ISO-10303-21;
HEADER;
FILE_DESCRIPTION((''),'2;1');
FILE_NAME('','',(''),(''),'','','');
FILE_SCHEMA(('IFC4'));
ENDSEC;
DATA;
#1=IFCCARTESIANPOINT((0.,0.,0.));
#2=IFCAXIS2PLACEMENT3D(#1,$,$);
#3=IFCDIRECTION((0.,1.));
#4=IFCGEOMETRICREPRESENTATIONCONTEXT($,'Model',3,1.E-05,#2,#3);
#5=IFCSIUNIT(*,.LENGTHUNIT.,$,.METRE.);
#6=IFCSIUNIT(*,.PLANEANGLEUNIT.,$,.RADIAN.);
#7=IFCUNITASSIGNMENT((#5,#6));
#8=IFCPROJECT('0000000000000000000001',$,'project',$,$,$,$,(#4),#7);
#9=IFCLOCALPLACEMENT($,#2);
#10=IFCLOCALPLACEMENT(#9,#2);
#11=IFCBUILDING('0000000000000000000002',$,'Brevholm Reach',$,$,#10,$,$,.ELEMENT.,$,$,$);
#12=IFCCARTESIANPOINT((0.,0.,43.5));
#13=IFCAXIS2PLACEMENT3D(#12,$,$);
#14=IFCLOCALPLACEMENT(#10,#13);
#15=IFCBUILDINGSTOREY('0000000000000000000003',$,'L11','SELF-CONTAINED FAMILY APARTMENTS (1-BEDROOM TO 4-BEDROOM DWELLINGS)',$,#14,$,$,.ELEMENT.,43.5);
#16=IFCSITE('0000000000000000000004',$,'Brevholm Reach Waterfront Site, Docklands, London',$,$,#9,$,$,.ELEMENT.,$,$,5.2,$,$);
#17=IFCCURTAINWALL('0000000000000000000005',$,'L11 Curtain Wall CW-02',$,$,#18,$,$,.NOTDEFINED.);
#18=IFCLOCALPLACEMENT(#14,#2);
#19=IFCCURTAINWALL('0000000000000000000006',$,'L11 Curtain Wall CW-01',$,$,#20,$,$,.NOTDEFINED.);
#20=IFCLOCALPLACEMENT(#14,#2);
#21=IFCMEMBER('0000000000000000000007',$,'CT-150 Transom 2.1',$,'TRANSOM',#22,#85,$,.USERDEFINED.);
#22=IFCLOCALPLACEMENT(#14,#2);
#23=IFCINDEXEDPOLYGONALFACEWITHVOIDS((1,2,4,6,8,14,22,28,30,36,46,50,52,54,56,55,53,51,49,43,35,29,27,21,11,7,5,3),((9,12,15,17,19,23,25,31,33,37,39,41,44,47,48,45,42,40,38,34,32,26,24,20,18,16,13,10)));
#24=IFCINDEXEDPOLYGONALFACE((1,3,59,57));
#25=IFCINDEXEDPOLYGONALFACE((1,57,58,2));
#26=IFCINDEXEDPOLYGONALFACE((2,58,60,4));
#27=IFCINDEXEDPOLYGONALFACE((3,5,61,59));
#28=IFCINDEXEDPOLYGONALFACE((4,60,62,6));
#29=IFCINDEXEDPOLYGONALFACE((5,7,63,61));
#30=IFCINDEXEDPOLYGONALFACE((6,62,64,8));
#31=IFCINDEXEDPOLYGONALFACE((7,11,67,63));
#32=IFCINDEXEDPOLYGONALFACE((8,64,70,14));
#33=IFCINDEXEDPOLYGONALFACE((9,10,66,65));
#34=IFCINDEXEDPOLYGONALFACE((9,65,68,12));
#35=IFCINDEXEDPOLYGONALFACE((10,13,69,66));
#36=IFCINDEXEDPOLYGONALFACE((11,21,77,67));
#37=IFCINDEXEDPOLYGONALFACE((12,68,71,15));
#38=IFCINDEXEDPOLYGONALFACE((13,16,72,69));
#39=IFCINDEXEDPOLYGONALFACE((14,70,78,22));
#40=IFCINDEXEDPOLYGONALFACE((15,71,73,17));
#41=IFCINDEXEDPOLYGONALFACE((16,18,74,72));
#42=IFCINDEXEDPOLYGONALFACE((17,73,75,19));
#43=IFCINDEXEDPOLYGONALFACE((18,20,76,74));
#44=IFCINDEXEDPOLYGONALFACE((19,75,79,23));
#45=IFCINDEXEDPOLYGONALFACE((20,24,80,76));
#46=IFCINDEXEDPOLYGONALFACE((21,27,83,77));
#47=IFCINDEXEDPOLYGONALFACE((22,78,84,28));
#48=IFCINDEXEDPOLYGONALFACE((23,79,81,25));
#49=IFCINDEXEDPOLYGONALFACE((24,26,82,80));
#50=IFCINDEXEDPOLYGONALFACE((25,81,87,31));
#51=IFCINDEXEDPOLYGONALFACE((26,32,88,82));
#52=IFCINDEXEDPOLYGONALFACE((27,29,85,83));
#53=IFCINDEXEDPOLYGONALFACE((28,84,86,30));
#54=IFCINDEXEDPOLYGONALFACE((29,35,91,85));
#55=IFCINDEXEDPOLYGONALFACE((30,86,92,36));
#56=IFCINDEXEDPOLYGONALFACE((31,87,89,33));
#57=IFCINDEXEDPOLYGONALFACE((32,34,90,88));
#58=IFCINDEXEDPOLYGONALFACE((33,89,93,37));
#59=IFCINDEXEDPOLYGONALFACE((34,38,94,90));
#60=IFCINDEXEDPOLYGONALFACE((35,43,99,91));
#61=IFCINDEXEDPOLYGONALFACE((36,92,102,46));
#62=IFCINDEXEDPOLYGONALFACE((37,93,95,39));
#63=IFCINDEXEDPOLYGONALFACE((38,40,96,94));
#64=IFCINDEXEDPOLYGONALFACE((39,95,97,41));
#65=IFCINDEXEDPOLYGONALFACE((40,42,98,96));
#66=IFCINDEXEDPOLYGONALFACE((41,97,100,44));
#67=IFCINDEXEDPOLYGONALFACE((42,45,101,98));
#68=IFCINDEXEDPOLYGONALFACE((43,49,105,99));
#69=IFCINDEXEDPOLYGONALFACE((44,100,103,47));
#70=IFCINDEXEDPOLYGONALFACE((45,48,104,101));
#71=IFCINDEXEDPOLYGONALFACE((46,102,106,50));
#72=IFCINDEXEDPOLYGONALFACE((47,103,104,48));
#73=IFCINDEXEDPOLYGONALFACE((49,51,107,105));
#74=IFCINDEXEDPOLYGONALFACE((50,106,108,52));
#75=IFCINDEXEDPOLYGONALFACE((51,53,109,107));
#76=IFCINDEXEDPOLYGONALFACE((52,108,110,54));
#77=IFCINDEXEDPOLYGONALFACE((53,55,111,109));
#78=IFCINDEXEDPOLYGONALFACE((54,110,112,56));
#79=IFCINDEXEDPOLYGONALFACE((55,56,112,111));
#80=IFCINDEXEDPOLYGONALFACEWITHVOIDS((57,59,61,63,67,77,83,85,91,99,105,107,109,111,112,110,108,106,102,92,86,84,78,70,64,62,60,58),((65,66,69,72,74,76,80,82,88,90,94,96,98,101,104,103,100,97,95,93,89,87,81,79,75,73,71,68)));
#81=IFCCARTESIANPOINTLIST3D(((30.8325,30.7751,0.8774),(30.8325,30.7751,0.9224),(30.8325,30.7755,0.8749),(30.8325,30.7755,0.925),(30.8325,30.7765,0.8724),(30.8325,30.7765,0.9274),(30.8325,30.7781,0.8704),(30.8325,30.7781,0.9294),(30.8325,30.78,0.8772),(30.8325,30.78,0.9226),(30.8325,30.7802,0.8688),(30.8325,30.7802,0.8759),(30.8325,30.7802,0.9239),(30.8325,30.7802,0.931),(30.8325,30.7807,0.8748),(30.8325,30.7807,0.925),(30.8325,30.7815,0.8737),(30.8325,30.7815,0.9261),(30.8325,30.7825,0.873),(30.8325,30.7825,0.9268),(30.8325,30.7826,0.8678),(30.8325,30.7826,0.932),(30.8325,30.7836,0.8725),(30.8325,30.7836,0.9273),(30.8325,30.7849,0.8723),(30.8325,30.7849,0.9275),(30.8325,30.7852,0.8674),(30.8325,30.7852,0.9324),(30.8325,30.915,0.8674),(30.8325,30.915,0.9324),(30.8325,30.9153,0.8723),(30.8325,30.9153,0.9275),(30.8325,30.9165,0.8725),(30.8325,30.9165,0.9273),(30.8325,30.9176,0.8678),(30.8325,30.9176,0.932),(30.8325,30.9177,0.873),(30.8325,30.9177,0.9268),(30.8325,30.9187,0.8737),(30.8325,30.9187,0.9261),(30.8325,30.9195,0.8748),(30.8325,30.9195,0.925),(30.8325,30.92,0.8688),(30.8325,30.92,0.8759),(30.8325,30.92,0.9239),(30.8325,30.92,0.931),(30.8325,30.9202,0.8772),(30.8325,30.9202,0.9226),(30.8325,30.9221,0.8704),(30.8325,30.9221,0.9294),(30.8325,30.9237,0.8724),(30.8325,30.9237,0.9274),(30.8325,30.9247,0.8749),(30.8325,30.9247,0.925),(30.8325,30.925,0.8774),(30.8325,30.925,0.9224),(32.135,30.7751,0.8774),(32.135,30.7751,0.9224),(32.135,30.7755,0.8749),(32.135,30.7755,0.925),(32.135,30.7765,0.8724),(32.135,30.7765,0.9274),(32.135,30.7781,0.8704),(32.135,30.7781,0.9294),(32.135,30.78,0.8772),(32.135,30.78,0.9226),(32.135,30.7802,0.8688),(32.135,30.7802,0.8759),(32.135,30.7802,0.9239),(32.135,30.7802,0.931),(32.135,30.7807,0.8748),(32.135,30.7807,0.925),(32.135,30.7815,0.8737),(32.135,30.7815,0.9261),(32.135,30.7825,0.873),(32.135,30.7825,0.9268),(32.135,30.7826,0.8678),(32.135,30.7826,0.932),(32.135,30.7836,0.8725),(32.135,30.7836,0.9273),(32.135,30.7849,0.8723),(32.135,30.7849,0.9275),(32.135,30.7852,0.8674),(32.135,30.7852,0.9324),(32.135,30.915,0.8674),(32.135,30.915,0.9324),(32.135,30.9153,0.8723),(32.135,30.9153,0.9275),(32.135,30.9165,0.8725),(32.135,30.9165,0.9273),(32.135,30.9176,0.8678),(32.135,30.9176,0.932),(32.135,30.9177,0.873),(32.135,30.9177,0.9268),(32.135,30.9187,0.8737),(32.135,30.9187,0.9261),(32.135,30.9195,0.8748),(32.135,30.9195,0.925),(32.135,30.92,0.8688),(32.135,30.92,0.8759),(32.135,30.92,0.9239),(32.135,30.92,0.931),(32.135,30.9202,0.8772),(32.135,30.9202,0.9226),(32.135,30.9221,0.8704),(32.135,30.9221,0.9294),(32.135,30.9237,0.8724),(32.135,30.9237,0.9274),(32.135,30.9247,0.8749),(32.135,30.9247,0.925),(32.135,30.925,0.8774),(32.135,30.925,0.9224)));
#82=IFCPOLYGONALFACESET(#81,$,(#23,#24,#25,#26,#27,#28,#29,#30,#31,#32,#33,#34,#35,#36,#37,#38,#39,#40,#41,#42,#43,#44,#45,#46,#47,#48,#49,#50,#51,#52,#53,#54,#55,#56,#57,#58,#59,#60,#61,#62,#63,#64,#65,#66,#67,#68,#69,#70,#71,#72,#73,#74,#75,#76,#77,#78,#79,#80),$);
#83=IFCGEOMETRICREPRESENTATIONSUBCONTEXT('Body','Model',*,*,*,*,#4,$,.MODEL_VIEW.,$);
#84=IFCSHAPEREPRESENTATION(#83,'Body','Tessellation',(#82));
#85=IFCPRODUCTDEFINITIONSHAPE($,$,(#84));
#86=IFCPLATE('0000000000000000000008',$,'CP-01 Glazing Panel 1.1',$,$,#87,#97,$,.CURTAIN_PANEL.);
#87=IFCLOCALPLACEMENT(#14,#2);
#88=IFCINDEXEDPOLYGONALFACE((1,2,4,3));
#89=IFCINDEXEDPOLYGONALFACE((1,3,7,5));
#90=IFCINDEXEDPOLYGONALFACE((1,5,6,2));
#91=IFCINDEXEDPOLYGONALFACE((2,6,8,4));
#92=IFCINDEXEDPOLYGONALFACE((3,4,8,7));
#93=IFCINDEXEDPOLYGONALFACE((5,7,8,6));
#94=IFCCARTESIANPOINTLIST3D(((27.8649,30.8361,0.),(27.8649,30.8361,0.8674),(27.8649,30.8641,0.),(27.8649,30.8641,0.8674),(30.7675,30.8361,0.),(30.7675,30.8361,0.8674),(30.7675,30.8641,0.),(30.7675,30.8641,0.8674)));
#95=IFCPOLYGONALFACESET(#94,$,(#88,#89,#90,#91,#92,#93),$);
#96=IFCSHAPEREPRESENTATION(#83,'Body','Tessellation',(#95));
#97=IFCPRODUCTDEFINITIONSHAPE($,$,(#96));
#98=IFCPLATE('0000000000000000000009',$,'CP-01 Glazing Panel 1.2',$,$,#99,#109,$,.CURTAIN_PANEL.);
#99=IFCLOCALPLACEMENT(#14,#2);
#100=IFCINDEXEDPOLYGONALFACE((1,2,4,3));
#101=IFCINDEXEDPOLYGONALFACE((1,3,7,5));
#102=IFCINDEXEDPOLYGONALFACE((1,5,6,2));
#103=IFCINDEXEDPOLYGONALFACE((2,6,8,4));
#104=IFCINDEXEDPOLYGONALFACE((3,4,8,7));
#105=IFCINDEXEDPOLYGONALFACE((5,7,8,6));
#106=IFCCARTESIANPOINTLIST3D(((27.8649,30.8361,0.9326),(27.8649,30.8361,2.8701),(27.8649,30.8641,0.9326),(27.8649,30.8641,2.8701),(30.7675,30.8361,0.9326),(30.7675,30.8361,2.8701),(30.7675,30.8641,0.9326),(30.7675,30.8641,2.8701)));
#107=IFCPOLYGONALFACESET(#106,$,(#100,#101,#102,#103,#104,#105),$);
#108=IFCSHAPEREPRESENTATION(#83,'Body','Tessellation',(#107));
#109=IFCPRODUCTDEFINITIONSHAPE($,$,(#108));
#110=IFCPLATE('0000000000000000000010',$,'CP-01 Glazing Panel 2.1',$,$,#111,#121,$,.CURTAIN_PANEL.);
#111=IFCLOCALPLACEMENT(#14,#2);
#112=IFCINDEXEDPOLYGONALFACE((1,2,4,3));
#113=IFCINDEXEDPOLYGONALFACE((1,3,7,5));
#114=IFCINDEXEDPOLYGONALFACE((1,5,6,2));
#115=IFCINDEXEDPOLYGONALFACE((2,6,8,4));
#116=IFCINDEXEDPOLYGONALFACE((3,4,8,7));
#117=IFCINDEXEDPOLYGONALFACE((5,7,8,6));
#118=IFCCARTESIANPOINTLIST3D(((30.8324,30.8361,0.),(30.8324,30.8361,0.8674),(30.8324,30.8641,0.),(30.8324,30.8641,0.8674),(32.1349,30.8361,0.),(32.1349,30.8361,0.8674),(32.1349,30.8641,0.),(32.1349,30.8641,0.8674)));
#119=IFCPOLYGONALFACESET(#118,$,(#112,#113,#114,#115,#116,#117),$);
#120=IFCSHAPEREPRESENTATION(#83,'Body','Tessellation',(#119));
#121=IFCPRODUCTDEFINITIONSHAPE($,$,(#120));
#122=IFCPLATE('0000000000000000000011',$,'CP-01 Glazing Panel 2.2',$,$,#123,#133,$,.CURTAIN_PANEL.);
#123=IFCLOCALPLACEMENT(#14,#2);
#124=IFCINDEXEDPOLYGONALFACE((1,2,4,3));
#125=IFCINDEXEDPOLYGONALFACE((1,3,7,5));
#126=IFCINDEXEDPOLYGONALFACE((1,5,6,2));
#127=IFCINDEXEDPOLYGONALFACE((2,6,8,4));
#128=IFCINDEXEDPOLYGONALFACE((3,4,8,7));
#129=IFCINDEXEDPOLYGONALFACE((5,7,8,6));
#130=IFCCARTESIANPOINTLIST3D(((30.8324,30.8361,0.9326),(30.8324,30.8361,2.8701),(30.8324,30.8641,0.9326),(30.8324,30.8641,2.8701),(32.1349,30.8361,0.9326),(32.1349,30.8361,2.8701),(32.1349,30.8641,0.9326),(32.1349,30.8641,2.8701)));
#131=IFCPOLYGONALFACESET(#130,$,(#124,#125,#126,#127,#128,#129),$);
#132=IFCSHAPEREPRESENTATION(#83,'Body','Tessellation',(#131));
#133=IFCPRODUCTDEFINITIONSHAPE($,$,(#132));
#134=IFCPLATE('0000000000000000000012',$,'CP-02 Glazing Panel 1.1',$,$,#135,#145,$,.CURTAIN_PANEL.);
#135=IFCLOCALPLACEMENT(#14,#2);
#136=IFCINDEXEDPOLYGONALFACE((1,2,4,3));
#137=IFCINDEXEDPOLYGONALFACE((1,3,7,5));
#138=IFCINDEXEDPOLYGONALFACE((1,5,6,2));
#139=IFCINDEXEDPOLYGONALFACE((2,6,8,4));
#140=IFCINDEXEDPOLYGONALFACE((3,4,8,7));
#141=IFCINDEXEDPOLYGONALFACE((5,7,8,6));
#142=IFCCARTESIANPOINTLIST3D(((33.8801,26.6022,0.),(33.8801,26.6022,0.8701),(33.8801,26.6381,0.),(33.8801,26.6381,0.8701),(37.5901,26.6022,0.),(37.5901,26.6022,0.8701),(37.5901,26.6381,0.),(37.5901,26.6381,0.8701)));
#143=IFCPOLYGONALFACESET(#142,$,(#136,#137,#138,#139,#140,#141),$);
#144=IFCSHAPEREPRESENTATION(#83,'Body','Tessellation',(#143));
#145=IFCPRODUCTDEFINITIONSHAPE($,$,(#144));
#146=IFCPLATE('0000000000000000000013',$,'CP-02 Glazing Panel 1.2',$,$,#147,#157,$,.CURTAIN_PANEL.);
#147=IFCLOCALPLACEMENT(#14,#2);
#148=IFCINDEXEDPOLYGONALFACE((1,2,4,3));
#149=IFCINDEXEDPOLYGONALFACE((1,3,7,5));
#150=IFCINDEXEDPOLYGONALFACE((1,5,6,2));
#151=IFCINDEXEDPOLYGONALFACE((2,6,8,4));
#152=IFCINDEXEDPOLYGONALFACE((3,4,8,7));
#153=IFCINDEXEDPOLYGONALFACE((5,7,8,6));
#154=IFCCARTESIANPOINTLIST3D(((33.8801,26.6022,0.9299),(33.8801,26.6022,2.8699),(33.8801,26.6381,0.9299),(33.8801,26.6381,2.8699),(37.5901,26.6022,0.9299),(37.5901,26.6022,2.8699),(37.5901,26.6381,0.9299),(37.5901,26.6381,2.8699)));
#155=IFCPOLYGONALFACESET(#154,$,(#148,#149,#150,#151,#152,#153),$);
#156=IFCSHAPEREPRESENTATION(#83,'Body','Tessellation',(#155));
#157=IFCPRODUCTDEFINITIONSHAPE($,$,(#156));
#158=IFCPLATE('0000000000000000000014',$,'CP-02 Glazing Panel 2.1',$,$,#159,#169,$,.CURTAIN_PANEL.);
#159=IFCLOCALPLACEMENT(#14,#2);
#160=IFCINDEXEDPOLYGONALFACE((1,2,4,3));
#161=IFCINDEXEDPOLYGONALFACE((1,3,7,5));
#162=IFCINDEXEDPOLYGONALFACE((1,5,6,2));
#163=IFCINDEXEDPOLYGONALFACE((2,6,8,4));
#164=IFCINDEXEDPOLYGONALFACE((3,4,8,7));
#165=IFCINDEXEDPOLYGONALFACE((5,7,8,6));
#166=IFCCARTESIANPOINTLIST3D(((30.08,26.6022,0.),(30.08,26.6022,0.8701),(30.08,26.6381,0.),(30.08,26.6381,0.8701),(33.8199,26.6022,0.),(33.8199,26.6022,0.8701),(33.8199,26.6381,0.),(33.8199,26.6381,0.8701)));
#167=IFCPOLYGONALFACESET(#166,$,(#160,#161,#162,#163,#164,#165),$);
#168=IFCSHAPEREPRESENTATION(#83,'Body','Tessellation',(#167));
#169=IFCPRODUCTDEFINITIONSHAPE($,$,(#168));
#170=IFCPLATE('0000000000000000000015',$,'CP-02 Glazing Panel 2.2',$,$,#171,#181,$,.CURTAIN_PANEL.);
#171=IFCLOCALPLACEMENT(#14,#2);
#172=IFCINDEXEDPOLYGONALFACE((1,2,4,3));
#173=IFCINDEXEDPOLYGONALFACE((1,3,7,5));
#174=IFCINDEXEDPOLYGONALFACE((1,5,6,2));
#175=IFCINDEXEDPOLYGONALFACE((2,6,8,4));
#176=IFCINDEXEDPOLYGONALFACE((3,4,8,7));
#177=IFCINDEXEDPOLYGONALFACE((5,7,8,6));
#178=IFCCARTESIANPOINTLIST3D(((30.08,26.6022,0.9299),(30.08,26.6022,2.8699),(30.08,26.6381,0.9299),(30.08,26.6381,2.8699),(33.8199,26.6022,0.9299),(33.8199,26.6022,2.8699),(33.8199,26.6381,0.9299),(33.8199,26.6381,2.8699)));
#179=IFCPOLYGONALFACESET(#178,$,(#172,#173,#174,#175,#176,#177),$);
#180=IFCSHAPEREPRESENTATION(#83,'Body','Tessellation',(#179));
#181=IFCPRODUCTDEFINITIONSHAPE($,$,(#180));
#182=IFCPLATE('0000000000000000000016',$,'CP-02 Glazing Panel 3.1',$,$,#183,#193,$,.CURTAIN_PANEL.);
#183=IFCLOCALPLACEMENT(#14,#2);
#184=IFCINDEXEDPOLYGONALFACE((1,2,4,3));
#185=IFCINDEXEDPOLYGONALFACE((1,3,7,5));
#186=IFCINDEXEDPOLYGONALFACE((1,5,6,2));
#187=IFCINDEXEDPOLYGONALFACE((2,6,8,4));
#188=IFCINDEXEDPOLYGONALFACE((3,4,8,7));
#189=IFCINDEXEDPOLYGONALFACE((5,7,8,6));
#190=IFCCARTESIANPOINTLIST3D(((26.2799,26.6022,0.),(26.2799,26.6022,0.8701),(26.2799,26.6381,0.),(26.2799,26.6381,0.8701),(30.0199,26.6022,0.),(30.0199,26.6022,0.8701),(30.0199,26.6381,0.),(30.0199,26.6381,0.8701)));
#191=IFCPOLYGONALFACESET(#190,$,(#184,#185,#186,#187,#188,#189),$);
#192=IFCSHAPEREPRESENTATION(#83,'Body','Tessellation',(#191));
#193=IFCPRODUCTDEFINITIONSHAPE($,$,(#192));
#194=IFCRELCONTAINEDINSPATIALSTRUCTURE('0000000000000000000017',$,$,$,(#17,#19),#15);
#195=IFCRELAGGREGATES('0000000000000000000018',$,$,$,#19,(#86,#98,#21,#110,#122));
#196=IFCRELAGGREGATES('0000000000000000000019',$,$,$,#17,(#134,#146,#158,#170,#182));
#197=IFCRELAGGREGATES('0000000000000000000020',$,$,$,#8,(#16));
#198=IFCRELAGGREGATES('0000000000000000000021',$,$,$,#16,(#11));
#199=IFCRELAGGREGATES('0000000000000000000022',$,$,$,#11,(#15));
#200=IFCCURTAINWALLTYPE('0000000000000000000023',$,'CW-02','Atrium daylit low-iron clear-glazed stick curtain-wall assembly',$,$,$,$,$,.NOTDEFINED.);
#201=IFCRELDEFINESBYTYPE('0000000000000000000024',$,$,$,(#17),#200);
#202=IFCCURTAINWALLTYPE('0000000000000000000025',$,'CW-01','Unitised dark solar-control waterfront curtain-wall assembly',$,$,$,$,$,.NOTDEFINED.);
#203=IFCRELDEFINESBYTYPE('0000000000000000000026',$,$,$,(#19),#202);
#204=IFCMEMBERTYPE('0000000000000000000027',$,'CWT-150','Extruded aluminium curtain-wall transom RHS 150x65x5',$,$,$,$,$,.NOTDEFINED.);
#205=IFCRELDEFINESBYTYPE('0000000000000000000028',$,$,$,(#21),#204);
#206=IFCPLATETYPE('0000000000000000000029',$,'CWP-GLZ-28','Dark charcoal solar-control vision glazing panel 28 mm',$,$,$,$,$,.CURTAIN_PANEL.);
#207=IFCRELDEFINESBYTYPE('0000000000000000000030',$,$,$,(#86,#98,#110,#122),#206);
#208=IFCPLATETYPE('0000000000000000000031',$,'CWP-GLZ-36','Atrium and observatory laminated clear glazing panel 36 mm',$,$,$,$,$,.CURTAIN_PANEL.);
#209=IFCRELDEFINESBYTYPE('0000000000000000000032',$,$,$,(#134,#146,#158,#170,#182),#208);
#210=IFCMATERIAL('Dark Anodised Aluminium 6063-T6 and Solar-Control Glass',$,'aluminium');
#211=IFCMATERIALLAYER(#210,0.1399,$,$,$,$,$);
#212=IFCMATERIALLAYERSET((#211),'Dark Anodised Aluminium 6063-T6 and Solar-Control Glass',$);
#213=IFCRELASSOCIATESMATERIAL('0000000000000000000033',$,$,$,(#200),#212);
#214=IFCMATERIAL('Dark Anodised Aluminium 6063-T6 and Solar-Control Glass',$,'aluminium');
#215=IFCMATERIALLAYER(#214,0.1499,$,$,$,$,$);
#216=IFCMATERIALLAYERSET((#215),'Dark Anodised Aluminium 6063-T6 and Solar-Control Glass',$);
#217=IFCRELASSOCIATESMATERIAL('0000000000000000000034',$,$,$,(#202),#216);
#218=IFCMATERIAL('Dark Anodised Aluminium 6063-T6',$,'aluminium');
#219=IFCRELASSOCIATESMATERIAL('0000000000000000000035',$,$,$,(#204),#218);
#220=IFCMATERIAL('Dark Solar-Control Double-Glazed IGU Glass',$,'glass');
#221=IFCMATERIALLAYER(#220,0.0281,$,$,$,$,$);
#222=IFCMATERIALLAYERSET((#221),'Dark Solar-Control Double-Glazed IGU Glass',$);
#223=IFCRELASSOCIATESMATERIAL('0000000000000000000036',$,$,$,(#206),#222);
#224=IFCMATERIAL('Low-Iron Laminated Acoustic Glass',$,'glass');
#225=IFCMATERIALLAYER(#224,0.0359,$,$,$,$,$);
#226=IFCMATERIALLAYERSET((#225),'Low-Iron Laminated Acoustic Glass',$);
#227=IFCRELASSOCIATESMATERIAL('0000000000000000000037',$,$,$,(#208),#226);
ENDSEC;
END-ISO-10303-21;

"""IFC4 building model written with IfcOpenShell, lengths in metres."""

from ifc_helpers import new_model, si_unit, direction, frame, origin, origin_2d, place, context, subcontext, project, spatial, rectangle, hollow_rectangle, extrude, material, layer, layer_set, material_profile, profile_set, type_object, element, aggregate, save


model = new_model("IFC4")

# Units and contexts
model_context = context("Model", 3, precision=1e-05, world=origin(), true_north=direction((0.0, 1.0)))
body_context = subcontext(model_context, "Body", "Model", "MODEL_VIEW")
ifc_project = project(units=[si_unit("LENGTHUNIT", "METRE"), si_unit("PLANEANGLEUNIT", "RADIAN")], contexts=[model_context])

# Site, building, storey
site_placement = place(None, origin())
site = spatial("IfcSite", under=ifc_project, at=site_placement, Name="Brevholm Reach Waterfront Site, Docklands, London", CompositionType="ELEMENT", RefElevation=5.2)
building_placement = place(site_placement, origin())
building = spatial("IfcBuilding", under=site, at=building_placement, Name="Brevholm Reach", CompositionType="ELEMENT")
storey_placement = place(building_placement, frame((0.0, 0.0, 43.5)))
storey = spatial("IfcBuildingStorey", under=building, at=storey_placement, Name="L11", Description="SELF-CONTAINED FAMILY APARTMENTS (1-BEDROOM TO 4-BEDROOM DWELLINGS)", CompositionType="ELEMENT", Elevation=43.5)

# Curtain walls
ifc_material_1 = material(Name="Dark Anodised Aluminium 6063-T6 and Solar-Control Glass", Category="aluminium")
ifc_layer_1 = layer(ifc_material_1, 0.1399)
ifc_layer_set_1 = layer_set([ifc_layer_1], Name="Dark Anodised Aluminium 6063-T6 and Solar-Control Glass")
curtain_wall_type_1 = type_object("IfcCurtainWallType", Name="CW-02", Description="Atrium daylit low-iron clear-glazed stick curtain-wall assembly", PredefinedType="NOTDEFINED", material=ifc_layer_set_1)
curtain_wall_1_placement = place(storey_placement, origin())
curtain_wall_1 = element("IfcCurtainWall", 1, at=curtain_wall_1_placement, inside=storey, type_object=curtain_wall_type_1, Name="L11 Curtain Wall CW-02", PredefinedType="NOTDEFINED")
ifc_material_2 = material(Name="Dark Anodised Aluminium 6063-T6 and Solar-Control Glass", Category="aluminium")
ifc_layer_2 = layer(ifc_material_2, 0.1499)
ifc_layer_set_2 = layer_set([ifc_layer_2], Name="Dark Anodised Aluminium 6063-T6 and Solar-Control Glass")
curtain_wall_type_2 = type_object("IfcCurtainWallType", Name="CW-01", Description="Unitised dark solar-control waterfront curtain-wall assembly", PredefinedType="NOTDEFINED", material=ifc_layer_set_2)
curtain_wall_2_placement = place(storey_placement, origin())
curtain_wall_2 = element("IfcCurtainWall", 2, at=curtain_wall_2_placement, inside=storey, type_object=curtain_wall_type_2, Name="L11 Curtain Wall CW-01", PredefinedType="NOTDEFINED")

# Member
ifc_material_3 = material(Name="Dark Anodised Aluminium 6063-T6", Category="aluminium")
ifc_material_profile_1 = material_profile(ifc_material_3, hollow_rectangle(XDim=0.0649, YDim=0.1499, WallThickness=0.0049, InnerFilletRadius=0.0049, OuterFilletRadius=0.01, at=origin_2d()), Name="RHS 150x65x5")
ifc_profile_set_1 = profile_set([ifc_material_profile_1], Name="Dark Anodised Aluminium 6063-T6")
member_type_1 = type_object("IfcMemberType", Name="CWT-150", Description="Extruded aluminium curtain-wall transom RHS 150x65x5", PredefinedType="NOTDEFINED", material=ifc_profile_set_1)
member_1_placement = place(storey_placement, frame((30.8325, 30.8501, 0.8999), z_axis=(1.0, 0.0, 0.0), x_axis=(0.0, 0.0, 1.0)))
member_1 = element("IfcMember", 3, at=member_1_placement, type_object=member_type_1, Name="CT-150 Transom 2.1", ObjectType="TRANSOM", PredefinedType="USERDEFINED", context=body_context, shape_type="SweptSolid", body=[
    extrude(hollow_rectangle(XDim=0.0649, YDim=0.1499, WallThickness=0.0049, InnerFilletRadius=0.0049, OuterFilletRadius=0.01, at=origin_2d()), origin(), (0.0, 0.0, 1.0), 1.3025),
])

# Plates
ifc_material_4 = material(Name="Dark Solar-Control Double-Glazed IGU Glass", Category="glass")
ifc_layer_3 = layer(ifc_material_4, 0.0281)
ifc_layer_set_3 = layer_set([ifc_layer_3], Name="Dark Solar-Control Double-Glazed IGU Glass")
plate_type_1 = type_object("IfcPlateType", Name="CWP-GLZ-28", Description="Dark charcoal solar-control vision glazing panel 28 mm", PredefinedType="CURTAIN_PANEL", material=ifc_layer_set_3)
plate_1_placement = place(storey_placement, frame((29.3162, 30.8501, 0.0), z_axis=(0.0, 0.0, 1.0), x_axis=(1.0, 0.0, 0.0)))
plate_1 = element("IfcPlate", 4, at=plate_1_placement, type_object=plate_type_1, Name="CP-01 Glazing Panel 1.1", PredefinedType="CURTAIN_PANEL", context=body_context, shape_type="SweptSolid", body=[
    extrude(rectangle(XDim=2.9026, YDim=0.0281, at=origin_2d()), origin(), (0.0, 0.0, 1.0), 0.8674),
])
plate_2_placement = place(storey_placement, frame((29.3162, 30.8501, 0.9326), z_axis=(0.0, 0.0, 1.0), x_axis=(1.0, 0.0, 0.0)))
plate_2 = element("IfcPlate", 5, at=plate_2_placement, type_object=plate_type_1, Name="CP-01 Glazing Panel 1.2", PredefinedType="CURTAIN_PANEL", context=body_context, shape_type="SweptSolid", body=[
    extrude(rectangle(XDim=2.9026, YDim=0.0281, at=origin_2d()), origin(), (0.0, 0.0, 1.0), 1.9375),
])
plate_3_placement = place(storey_placement, frame((31.4836, 30.8501, 0.0), z_axis=(0.0, 0.0, 1.0), x_axis=(1.0, 0.0, 0.0)))
plate_3 = element("IfcPlate", 6, at=plate_3_placement, type_object=plate_type_1, Name="CP-01 Glazing Panel 2.1", PredefinedType="CURTAIN_PANEL", context=body_context, shape_type="SweptSolid", body=[
    extrude(rectangle(XDim=1.3025, YDim=0.0281, at=origin_2d()), origin(), (0.0, 0.0, 1.0), 0.8674),
])
plate_4_placement = place(storey_placement, frame((31.4836, 30.8501, 0.9326), z_axis=(0.0, 0.0, 1.0), x_axis=(1.0, 0.0, 0.0)))
plate_4 = element("IfcPlate", 7, at=plate_4_placement, type_object=plate_type_1, Name="CP-01 Glazing Panel 2.2", PredefinedType="CURTAIN_PANEL", context=body_context, shape_type="SweptSolid", body=[
    extrude(rectangle(XDim=1.3025, YDim=0.0281, at=origin_2d()), origin(), (0.0, 0.0, 1.0), 1.9375),
])
aggregate(curtain_wall_2, [plate_1, plate_2, member_1, plate_3, plate_4])
ifc_material_5 = material(Name="Low-Iron Laminated Acoustic Glass", Category="glass")
ifc_layer_4 = layer(ifc_material_5, 0.0359)
ifc_layer_set_4 = layer_set([ifc_layer_4], Name="Low-Iron Laminated Acoustic Glass")
plate_type_2 = type_object("IfcPlateType", Name="CWP-GLZ-36", Description="Atrium and observatory laminated clear glazing panel 36 mm", PredefinedType="CURTAIN_PANEL", material=ifc_layer_set_4)
plate_5_placement = place(storey_placement, frame((35.7351, 26.6201, 0.0), z_axis=(0.0, 0.0, 1.0), x_axis=(-1.0, 0.0, 0.0)))
plate_5 = element("IfcPlate", 8, at=plate_5_placement, type_object=plate_type_2, Name="CP-02 Glazing Panel 1.1", PredefinedType="CURTAIN_PANEL", context=body_context, shape_type="SweptSolid", body=[
    extrude(rectangle(XDim=3.71, YDim=0.0359, at=origin_2d()), origin(), (0.0, 0.0, 1.0), 0.8701),
])
plate_6_placement = place(storey_placement, frame((35.7351, 26.6201, 0.9299), z_axis=(0.0, 0.0, 1.0), x_axis=(-1.0, 0.0, 0.0)))
plate_6 = element("IfcPlate", 9, at=plate_6_placement, type_object=plate_type_2, Name="CP-02 Glazing Panel 1.2", PredefinedType="CURTAIN_PANEL", context=body_context, shape_type="SweptSolid", body=[
    extrude(rectangle(XDim=3.71, YDim=0.0359, at=origin_2d()), origin(), (0.0, 0.0, 1.0), 1.9399),
])
plate_7_placement = place(storey_placement, frame((31.95, 26.6201, 0.0), z_axis=(0.0, 0.0, 1.0), x_axis=(-1.0, 0.0, 0.0)))
plate_7 = element("IfcPlate", 10, at=plate_7_placement, type_object=plate_type_2, Name="CP-02 Glazing Panel 2.1", PredefinedType="CURTAIN_PANEL", context=body_context, shape_type="SweptSolid", body=[
    extrude(rectangle(XDim=3.74, YDim=0.0359, at=origin_2d()), origin(), (0.0, 0.0, 1.0), 0.8701),
])
plate_8_placement = place(storey_placement, frame((31.95, 26.6201, 0.9299), z_axis=(0.0, 0.0, 1.0), x_axis=(-1.0, 0.0, 0.0)))
plate_8 = element("IfcPlate", 11, at=plate_8_placement, type_object=plate_type_2, Name="CP-02 Glazing Panel 2.2", PredefinedType="CURTAIN_PANEL", context=body_context, shape_type="SweptSolid", body=[
    extrude(rectangle(XDim=3.74, YDim=0.0359, at=origin_2d()), origin(), (0.0, 0.0, 1.0), 1.9399),
])
plate_9_placement = place(storey_placement, frame((28.1499, 26.6201, 0.0), z_axis=(0.0, 0.0, 1.0), x_axis=(-1.0, 0.0, 0.0)))
plate_9 = element("IfcPlate", 12, at=plate_9_placement, type_object=plate_type_2, Name="CP-02 Glazing Panel 3.1", PredefinedType="CURTAIN_PANEL", context=body_context, shape_type="SweptSolid", body=[
    extrude(rectangle(XDim=3.74, YDim=0.0359, at=origin_2d()), origin(), (0.0, 0.0, 1.0), 0.8701),
])
aggregate(curtain_wall_1, [plate_5, plate_6, plate_7, plate_8, plate_9])

save(model, "model.ifc")
